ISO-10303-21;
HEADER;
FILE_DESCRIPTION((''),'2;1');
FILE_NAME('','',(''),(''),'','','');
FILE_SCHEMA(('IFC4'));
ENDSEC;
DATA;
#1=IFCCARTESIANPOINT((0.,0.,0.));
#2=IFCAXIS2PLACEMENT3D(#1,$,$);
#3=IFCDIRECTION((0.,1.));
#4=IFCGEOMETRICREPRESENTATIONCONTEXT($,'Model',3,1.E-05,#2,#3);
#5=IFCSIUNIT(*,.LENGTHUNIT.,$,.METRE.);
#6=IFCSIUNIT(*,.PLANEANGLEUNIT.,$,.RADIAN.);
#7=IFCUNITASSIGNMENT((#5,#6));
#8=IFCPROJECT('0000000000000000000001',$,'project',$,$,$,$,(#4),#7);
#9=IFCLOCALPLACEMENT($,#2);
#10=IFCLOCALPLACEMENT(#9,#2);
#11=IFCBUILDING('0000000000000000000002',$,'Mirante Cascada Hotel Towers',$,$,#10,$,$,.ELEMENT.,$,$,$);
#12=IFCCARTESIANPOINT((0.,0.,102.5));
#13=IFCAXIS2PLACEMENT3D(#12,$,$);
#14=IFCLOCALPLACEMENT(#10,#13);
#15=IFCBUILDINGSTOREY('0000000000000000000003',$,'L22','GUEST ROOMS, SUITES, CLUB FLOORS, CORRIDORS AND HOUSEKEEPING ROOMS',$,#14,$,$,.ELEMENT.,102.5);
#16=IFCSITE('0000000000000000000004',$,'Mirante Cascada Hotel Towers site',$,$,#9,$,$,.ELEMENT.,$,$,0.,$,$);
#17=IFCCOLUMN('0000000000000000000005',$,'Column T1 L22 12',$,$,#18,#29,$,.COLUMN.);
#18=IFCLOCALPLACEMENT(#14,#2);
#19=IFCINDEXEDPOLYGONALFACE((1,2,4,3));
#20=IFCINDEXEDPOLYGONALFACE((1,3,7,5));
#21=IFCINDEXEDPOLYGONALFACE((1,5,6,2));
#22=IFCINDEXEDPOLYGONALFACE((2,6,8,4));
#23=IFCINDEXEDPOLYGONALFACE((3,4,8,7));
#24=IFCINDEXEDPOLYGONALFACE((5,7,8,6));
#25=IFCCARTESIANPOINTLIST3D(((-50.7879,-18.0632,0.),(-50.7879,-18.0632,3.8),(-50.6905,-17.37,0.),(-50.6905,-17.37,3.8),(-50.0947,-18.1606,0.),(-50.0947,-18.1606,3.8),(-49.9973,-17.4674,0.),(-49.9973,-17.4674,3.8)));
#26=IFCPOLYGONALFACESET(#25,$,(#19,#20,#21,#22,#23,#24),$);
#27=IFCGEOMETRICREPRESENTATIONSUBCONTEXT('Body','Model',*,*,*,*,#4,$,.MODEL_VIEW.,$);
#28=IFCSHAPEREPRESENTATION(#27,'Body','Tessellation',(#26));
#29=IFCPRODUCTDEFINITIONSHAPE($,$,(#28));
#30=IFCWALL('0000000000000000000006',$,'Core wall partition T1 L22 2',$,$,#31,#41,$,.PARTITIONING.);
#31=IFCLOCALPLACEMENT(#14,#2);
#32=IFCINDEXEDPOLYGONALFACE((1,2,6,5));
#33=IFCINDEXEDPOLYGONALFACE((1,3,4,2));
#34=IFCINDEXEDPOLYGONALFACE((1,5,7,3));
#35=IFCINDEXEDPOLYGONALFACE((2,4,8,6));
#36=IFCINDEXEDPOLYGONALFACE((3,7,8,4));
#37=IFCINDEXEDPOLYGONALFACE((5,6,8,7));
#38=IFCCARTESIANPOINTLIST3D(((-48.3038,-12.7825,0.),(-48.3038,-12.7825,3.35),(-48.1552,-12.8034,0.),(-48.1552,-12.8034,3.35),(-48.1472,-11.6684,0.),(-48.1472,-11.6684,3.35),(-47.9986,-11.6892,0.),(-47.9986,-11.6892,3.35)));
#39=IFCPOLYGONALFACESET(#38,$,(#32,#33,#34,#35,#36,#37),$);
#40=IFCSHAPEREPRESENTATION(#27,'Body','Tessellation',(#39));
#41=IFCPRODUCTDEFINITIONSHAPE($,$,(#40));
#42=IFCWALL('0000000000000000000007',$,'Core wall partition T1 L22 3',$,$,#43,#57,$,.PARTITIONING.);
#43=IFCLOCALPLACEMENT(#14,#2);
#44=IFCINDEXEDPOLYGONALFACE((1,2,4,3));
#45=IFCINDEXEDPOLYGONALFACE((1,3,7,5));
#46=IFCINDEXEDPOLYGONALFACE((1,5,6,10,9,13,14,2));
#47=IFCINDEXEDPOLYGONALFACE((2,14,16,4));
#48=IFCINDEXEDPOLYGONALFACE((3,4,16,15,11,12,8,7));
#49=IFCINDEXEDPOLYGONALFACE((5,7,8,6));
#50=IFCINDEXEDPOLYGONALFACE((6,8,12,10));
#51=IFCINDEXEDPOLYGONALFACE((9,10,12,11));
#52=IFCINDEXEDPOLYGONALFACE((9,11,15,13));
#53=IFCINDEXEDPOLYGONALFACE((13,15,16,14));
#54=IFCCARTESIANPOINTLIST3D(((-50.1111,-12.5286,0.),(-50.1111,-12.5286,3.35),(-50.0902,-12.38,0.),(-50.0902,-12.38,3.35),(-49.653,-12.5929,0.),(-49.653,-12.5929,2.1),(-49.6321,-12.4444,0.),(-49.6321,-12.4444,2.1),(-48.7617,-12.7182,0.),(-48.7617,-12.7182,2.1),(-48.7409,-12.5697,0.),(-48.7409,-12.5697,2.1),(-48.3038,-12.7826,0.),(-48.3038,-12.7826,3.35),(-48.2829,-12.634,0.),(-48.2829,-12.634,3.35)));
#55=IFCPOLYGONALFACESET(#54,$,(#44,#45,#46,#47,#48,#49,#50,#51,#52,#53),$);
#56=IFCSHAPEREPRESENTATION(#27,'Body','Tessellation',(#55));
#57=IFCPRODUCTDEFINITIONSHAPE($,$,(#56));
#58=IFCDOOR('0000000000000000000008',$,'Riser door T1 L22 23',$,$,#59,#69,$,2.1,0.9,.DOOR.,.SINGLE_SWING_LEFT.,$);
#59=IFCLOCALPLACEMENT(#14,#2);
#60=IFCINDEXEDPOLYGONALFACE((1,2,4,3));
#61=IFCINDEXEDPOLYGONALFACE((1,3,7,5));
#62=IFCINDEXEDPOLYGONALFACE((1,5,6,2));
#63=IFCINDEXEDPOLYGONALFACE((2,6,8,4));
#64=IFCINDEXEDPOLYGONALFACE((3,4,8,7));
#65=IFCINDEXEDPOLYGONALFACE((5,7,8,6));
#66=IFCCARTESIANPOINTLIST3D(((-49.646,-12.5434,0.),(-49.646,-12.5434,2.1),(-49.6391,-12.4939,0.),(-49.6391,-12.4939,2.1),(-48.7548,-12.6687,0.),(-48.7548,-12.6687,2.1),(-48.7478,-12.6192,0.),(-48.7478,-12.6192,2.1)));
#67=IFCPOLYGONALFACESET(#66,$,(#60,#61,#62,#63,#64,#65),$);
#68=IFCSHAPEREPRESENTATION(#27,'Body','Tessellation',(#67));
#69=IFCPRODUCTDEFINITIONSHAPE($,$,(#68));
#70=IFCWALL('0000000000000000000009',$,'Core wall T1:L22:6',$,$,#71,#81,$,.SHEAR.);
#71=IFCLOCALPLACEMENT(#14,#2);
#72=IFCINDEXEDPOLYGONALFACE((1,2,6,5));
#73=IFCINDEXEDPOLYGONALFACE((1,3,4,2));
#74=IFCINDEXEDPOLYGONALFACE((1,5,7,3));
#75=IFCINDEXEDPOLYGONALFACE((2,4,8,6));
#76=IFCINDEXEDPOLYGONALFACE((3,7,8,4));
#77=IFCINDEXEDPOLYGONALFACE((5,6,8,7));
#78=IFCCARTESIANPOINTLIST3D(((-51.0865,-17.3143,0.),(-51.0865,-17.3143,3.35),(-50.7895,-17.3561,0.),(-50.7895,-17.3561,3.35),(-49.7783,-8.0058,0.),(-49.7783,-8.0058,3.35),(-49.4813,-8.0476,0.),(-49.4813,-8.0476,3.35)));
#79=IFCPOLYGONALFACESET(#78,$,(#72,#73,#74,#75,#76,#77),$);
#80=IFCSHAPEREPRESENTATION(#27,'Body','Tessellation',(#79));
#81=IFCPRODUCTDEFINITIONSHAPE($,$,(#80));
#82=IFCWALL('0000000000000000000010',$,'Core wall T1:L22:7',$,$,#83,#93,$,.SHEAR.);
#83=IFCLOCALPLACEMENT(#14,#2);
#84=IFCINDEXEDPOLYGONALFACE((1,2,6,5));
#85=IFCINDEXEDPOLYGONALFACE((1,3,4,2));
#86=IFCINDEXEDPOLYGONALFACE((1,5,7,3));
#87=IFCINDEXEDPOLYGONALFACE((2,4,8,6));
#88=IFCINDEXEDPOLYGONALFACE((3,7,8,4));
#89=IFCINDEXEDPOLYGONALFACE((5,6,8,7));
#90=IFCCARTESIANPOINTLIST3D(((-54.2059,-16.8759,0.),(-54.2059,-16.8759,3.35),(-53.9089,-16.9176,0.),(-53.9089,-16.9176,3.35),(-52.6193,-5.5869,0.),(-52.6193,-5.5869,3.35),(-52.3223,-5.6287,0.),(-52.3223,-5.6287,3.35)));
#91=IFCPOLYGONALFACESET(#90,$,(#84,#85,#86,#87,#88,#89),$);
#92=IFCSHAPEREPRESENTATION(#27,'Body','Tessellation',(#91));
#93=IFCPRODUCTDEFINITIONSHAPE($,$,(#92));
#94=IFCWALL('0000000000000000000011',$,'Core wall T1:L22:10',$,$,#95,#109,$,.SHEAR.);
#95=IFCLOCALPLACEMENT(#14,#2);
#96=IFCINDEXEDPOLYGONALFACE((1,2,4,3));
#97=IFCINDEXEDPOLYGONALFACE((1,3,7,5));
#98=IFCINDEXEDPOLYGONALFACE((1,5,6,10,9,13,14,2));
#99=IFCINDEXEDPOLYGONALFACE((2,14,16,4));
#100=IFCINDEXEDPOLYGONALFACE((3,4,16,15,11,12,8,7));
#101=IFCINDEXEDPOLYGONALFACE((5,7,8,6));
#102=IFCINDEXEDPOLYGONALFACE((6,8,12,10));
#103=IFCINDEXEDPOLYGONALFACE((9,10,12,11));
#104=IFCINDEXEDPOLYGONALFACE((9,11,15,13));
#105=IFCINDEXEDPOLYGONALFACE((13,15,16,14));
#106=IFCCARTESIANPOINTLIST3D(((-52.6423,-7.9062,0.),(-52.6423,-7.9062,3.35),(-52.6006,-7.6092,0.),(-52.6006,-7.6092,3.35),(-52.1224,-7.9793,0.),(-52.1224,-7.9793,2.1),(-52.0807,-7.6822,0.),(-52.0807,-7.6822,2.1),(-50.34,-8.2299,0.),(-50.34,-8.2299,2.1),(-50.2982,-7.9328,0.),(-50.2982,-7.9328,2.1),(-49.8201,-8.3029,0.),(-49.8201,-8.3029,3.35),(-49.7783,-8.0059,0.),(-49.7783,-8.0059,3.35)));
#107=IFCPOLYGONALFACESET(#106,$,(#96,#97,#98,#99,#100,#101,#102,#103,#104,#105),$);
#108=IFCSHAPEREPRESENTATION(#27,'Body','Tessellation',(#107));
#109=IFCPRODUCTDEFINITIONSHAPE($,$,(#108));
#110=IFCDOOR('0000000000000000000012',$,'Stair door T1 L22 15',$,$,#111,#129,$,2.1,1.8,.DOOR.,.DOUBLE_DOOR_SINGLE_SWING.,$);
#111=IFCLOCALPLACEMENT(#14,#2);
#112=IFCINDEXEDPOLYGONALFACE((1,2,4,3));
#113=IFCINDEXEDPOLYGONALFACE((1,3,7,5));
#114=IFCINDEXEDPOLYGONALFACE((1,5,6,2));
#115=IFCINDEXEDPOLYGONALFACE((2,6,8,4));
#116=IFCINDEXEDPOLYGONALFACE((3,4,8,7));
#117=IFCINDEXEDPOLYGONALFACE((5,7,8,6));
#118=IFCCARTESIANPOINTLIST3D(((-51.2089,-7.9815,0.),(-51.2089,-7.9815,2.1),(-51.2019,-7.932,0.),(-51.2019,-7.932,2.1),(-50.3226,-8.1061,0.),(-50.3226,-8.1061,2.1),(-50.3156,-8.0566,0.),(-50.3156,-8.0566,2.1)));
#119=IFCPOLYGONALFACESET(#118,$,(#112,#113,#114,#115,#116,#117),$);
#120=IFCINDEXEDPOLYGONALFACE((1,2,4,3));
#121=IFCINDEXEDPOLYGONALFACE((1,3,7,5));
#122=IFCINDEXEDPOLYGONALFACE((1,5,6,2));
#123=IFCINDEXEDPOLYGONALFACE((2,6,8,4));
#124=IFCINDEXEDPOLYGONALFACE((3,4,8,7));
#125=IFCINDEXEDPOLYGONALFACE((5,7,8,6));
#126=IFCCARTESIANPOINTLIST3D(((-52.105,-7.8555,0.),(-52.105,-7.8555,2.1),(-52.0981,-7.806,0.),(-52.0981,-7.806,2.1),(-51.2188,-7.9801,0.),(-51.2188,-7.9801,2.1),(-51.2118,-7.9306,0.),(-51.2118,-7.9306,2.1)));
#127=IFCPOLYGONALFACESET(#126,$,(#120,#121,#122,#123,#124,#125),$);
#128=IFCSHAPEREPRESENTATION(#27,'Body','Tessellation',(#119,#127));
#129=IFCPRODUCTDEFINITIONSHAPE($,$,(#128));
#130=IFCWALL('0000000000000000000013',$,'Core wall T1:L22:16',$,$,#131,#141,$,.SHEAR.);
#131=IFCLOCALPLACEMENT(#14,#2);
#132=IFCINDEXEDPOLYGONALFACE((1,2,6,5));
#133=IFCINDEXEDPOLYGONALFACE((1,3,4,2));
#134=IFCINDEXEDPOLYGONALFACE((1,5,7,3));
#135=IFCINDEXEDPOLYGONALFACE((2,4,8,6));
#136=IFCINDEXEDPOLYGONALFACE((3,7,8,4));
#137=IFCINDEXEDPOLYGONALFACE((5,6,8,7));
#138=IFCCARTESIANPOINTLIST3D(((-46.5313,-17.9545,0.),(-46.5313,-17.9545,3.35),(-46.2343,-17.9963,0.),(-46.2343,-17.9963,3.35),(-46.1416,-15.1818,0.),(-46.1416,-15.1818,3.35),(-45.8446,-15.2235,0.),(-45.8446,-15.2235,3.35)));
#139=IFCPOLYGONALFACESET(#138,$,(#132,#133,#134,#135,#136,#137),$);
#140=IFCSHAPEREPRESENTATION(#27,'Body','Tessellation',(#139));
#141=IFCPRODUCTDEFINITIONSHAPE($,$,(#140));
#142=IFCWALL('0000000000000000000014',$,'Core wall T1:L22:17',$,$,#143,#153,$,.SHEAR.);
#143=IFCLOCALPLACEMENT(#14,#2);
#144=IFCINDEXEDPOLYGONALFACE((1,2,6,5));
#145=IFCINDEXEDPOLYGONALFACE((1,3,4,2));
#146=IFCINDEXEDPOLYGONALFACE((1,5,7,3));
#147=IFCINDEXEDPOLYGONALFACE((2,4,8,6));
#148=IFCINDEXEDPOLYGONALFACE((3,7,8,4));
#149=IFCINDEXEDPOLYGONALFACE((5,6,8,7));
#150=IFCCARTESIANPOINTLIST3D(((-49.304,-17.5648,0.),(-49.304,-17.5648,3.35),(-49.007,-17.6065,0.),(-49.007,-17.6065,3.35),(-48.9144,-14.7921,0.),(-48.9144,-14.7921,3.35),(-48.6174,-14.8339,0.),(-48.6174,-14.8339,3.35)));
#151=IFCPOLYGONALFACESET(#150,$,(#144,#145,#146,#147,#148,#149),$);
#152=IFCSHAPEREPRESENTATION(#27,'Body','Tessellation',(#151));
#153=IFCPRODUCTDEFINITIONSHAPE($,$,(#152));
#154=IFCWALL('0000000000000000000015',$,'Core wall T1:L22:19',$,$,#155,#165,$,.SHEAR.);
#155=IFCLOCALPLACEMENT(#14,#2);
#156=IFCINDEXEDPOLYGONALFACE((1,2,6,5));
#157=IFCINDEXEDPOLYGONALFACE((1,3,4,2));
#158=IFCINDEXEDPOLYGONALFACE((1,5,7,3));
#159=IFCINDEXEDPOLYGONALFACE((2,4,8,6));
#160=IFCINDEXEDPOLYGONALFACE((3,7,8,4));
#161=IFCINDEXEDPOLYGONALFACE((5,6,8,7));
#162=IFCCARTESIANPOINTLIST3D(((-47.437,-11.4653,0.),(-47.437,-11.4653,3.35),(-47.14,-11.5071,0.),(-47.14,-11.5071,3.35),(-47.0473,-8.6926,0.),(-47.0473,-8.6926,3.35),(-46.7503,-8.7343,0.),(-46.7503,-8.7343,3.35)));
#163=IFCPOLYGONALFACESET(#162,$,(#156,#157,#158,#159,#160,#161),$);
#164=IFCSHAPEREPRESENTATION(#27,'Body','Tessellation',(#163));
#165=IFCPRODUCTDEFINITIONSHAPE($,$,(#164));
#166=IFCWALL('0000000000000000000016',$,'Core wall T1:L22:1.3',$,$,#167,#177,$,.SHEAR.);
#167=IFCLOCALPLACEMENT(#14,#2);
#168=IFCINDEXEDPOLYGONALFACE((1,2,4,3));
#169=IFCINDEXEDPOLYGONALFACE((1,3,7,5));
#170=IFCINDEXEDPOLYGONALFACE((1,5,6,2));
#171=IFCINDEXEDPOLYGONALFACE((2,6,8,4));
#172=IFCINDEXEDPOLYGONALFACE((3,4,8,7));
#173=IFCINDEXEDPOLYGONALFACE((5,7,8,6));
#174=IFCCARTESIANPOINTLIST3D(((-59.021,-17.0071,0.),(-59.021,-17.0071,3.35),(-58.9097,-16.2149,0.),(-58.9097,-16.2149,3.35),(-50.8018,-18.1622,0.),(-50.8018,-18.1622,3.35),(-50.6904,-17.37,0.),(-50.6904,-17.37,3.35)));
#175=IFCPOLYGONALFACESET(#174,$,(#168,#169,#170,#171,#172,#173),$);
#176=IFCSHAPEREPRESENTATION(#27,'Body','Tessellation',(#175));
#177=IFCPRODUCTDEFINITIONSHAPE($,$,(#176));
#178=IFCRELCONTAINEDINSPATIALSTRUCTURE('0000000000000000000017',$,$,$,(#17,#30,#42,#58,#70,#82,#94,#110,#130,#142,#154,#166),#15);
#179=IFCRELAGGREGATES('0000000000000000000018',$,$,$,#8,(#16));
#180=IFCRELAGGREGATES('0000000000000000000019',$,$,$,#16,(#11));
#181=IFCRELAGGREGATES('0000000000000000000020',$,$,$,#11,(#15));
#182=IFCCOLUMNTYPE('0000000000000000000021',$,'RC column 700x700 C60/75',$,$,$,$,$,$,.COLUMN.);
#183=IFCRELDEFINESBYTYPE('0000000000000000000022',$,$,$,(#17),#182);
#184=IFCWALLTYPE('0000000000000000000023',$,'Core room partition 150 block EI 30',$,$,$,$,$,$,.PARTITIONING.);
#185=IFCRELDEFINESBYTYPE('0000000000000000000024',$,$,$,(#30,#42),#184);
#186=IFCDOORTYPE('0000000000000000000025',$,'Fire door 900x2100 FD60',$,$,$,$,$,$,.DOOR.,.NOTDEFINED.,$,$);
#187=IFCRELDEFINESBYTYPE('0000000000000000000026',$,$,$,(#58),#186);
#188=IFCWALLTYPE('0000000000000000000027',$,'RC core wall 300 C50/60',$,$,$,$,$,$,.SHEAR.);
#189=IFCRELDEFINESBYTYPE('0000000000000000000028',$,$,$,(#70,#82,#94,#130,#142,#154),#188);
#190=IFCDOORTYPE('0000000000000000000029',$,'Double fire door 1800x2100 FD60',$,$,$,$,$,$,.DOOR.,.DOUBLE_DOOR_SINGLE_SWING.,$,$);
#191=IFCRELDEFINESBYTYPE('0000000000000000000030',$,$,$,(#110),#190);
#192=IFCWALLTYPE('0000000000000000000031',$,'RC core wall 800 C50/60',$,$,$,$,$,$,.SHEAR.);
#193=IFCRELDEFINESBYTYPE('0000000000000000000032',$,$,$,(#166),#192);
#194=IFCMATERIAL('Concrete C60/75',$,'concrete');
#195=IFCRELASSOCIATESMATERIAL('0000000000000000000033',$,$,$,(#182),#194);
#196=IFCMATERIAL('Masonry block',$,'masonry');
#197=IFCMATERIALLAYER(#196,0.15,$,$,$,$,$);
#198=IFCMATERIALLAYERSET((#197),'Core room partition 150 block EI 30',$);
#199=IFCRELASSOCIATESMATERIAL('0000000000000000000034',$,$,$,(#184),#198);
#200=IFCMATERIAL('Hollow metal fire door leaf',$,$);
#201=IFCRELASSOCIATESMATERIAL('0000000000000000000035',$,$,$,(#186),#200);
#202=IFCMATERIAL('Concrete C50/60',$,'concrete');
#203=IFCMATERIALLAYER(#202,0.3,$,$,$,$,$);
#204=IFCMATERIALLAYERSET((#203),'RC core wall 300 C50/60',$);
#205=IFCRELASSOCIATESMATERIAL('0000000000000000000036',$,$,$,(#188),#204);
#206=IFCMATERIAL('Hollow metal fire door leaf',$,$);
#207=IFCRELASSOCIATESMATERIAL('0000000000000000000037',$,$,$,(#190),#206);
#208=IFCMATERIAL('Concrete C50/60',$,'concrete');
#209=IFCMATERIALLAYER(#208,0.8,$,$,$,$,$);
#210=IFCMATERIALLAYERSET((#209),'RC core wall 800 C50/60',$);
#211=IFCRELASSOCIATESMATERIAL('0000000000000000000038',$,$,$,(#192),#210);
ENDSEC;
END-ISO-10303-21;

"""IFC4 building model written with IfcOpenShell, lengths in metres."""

from ifc_helpers import new_model, si_unit, direction, frame, frame_2d, origin, origin_2d, place, context, subcontext, project, spatial, rectangle, extrude, material, layer, layer_set, material_profile, profile_set, type_object, element, fill, save


model = new_model("IFC4")

# Units and contexts
model_context = context("Model", 3, precision=1e-05, world=origin(), true_north=direction((0.0, 1.0)))
body_context = subcontext(model_context, "Body", "Model", "MODEL_VIEW")
ifc_project = project(units=[si_unit("LENGTHUNIT", "METRE"), si_unit("PLANEANGLEUNIT", "RADIAN")], contexts=[model_context])

# Site, building, storey
site_placement = place(None, origin())
site = spatial("IfcSite", under=ifc_project, at=site_placement, Name="Mirante Cascada Hotel Towers site", CompositionType="ELEMENT", RefElevation=0.0)
building_placement = place(site_placement, origin())
building = spatial("IfcBuilding", under=site, at=building_placement, Name="Mirante Cascada Hotel Towers", CompositionType="ELEMENT")
storey_placement = place(building_placement, frame((0.0, 0.0, 102.5)))
storey = spatial("IfcBuildingStorey", under=building, at=storey_placement, Name="L22", Description="GUEST ROOMS, SUITES, CLUB FLOORS, CORRIDORS AND HOUSEKEEPING ROOMS", CompositionType="ELEMENT", Elevation=102.5)

# Column
ifc_material_1 = material(Name="Concrete C60/75", Category="concrete")
ifc_material_profile = material_profile(ifc_material_1, rectangle(XDim=0.7, YDim=0.7, at=origin_2d()), Name="RC column 700x700 C60/75")
ifc_profile_set = profile_set([ifc_material_profile], Name="Concrete C60/75")
column_type = type_object("IfcColumnType", Name="RC column 700x700 C60/75", PredefinedType="COLUMN", material=ifc_profile_set)
column_placement = place(storey_placement, frame((-50.3926, -17.7653, 0.0), z_axis=(0.0, 0.0, 1.0), x_axis=(-0.990268, 0.139173, 0.0)))
element("IfcColumn", 1, at=column_placement, inside=storey, type_object=column_type, Name="Column T1 L22 12", PredefinedType="COLUMN", context=body_context, shape_type="SweptSolid", body=[
    extrude(rectangle(XDim=0.7, YDim=0.7, at=origin_2d()), origin(), (0.0, 0.0, 1.0), 3.8),
])

# Wall
ifc_material_2 = material(Name="Masonry block", Category="masonry")
ifc_layer_1 = layer(ifc_material_2, 0.15)
ifc_layer_set_1 = layer_set([ifc_layer_1], Name="Core room partition 150 block EI 30")
wall_type_1 = type_object("IfcWallType", Name="Core room partition 150 block EI 30", PredefinedType="PARTITIONING", material=ifc_layer_set_1)
wall_1_placement = place(storey_placement, frame((-48.2295, -12.793, 0.0), z_axis=(0.0, 0.0, 1.0), x_axis=(0.139193, 0.990265, 0.0)))
element("IfcWall", 2, at=wall_1_placement, inside=storey, type_object=wall_type_1, Name="Core wall partition T1 L22 2", PredefinedType="PARTITIONING", context=body_context, shape_type="SweptSolid", body=[
    extrude(rectangle(XDim=1.1251, YDim=0.15, at=frame_2d((0.5626, 0.0))), origin(), (0.0, 0.0, 1.0), 3.35),
])

# Wall, opening, door
wall_2_placement = place(storey_placement, frame((-48.2933, -12.7083, 0.0), z_axis=(0.0, 0.0, 1.0), x_axis=(-0.990268, 0.139173, 0.0)))
wall_2 = element("IfcWall", 3, at=wall_2_placement, inside=storey, type_object=wall_type_1, Name="Core wall partition T1 L22 3", PredefinedType="PARTITIONING", context=body_context, shape_type="SweptSolid", body=[
    extrude(rectangle(XDim=1.8251, YDim=0.15, at=frame_2d((0.9126, 0.0))), origin(), (0.0, 0.0, 1.0), 3.35),
])
opening_1_placement = place(wall_2_placement, frame((0.4625, 0.0, 0.0)))
opening_1 = element("IfcOpeningElement", 4, at=opening_1_placement, cuts=wall_2, PredefinedType="OPENING", context=body_context, shape_type="SweptSolid", body=[
    extrude(rectangle(XDim=0.9, YDim=2.1, at=frame_2d((0.45, 1.05))), frame((0.0, 0.075, 0.0), z_axis=(0.0, -1.0, 0.0), x_axis=(1.0, 0.0, 0.0)), (0.0, 0.0, 1.0), 0.15),
])
ifc_material_3 = material(Name="Hollow metal fire door leaf")
door_type_1 = type_object("IfcDoorType", Name="Fire door 900x2100 FD60", OperationType="NOTDEFINED", PredefinedType="DOOR", material=ifc_material_3)
door_1_placement = place(opening_1_placement, origin())
door_1 = element("IfcDoor", 5, at=door_1_placement, inside=storey, type_object=door_type_1, Name="Riser door T1 L22 23", OperationType="SINGLE_SWING_LEFT", OverallHeight=2.1, OverallWidth=0.9, PredefinedType="DOOR", context=body_context, shape_type="SweptSolid", body=[
    extrude(rectangle(XDim=0.9, YDim=2.1, at=frame_2d((0.45, 1.05))), frame((0.0, 0.025, 0.0), z_axis=(0.0, -1.0, 0.0), x_axis=(1.0, 0.0, 0.0)), (0.0, 0.0, 1.0), 0.05),
])
fill(opening_1, door_1)

# Walls
ifc_material_4 = material(Name="Concrete C50/60", Category="concrete")
ifc_layer_2 = layer(ifc_material_4, 0.3)
ifc_layer_set_2 = layer_set([ifc_layer_2], Name="RC core wall 300 C50/60")
wall_type_2 = type_object("IfcWallType", Name="RC core wall 300 C50/60", PredefinedType="SHEAR", material=ifc_layer_set_2)
wall_3_placement = place(storey_placement, frame((-50.938, -17.3352, 0.0), z_axis=(0.0, 0.0, 1.0), x_axis=(0.139171, 0.990268, 0.0)))
element("IfcWall", 6, at=wall_3_placement, inside=storey, type_object=wall_type_2, Name="Core wall T1:L22:6", PredefinedType="SHEAR", context=body_context, shape_type="SweptSolid", body=[
    extrude(rectangle(XDim=9.4, YDim=0.3, at=frame_2d((4.7, 0.0))), origin(), (0.0, 0.0, 1.0), 3.35),
])
wall_4_placement = place(storey_placement, frame((-54.0574, -16.8968, 0.0), z_axis=(0.0, 0.0, 1.0), x_axis=(0.139176, 0.990268, 0.0)))
element("IfcWall", 7, at=wall_4_placement, inside=storey, type_object=wall_type_2, Name="Core wall T1:L22:7", PredefinedType="SHEAR", context=body_context, shape_type="SweptSolid", body=[
    extrude(rectangle(XDim=11.3999, YDim=0.3, at=frame_2d((5.7, 0.0))), origin(), (0.0, 0.0, 1.0), 3.35),
])

# Wall, opening, door
wall_5_placement = place(storey_placement, frame((-49.7992, -8.1544, 0.0), z_axis=(0.0, 0.0, 1.0), x_axis=(-0.990266, 0.139191, 0.0)))
wall_5 = element("IfcWall", 8, at=wall_5_placement, inside=storey, type_object=wall_type_2, Name="Core wall T1:L22:10", PredefinedType="SHEAR", context=body_context, shape_type="SweptSolid", body=[
    extrude(rectangle(XDim=2.85, YDim=0.3, at=frame_2d((1.425, 0.0))), origin(), (0.0, 0.0, 1.0), 3.35),
])
opening_2_placement = place(wall_5_placement, frame((0.525, 0.0, 0.0)))
opening_2 = element("IfcOpeningElement", 9, at=opening_2_placement, cuts=wall_5, PredefinedType="OPENING", context=body_context, shape_type="SweptSolid", body=[
    extrude(rectangle(XDim=1.8, YDim=2.1, at=frame_2d((0.9, 1.05))), frame((0.0, 0.15, 0.0), z_axis=(0.0, -1.0, 0.0), x_axis=(1.0, 0.0, 0.0)), (0.0, 0.0, 1.0), 0.3),
])
ifc_material_5 = material(Name="Hollow metal fire door leaf")
door_type_2 = type_object("IfcDoorType", Name="Double fire door 1800x2100 FD60", OperationType="DOUBLE_DOOR_SINGLE_SWING", PredefinedType="DOOR", material=ifc_material_5)
door_2_placement = place(opening_2_placement, origin())
door_2 = element("IfcDoor", 10, at=door_2_placement, inside=storey, type_object=door_type_2, Name="Stair door T1 L22 15", OperationType="DOUBLE_DOOR_SINGLE_SWING", OverallHeight=2.1, OverallWidth=1.8, PredefinedType="DOOR", context=body_context, shape_type="SweptSolid", body=[
    extrude(rectangle(XDim=0.895, YDim=2.1, at=frame_2d((0.4475, 1.05))), frame((0.0, 0.025, 0.0), z_axis=(0.0, -1.0, 0.0), x_axis=(1.0, 0.0, 0.0)), (0.0, 0.0, 1.0), 0.05),
    extrude(rectangle(XDim=0.895, YDim=2.1, at=frame_2d((1.3525, 1.05))), frame((0.0, 0.025, 0.0), z_axis=(0.0, -1.0, 0.0), x_axis=(1.0, 0.0, 0.0)), (0.0, 0.0, 1.0), 0.05),
])
fill(opening_2, door_2)

# Walls
wall_6_placement = place(storey_placement, frame((-46.3828, -17.9754, 0.0), z_axis=(0.0, 0.0, 1.0), x_axis=(0.139181, 0.990267, 0.0)))
element("IfcWall", 11, at=wall_6_placement, inside=storey, type_object=wall_type_2, Name="Core wall T1:L22:16", PredefinedType="SHEAR", context=body_context, shape_type="SweptSolid", body=[
    extrude(rectangle(XDim=2.8, YDim=0.3, at=frame_2d((1.4, 0.0))), origin(), (0.0, 0.0, 1.0), 3.35),
])
wall_7_placement = place(storey_placement, frame((-49.1555, -17.5857, 0.0), z_axis=(0.0, 0.0, 1.0), x_axis=(0.139146, 0.990272, 0.0)))
element("IfcWall", 12, at=wall_7_placement, inside=storey, type_object=wall_type_2, Name="Core wall T1:L22:17", PredefinedType="SHEAR", context=body_context, shape_type="SweptSolid", body=[
    extrude(rectangle(XDim=2.7999, YDim=0.3, at=frame_2d((1.4, 0.0))), origin(), (0.0, 0.0, 1.0), 3.35),
])
wall_8_placement = place(storey_placement, frame((-47.2885, -11.4862, 0.0), z_axis=(0.0, 0.0, 1.0), x_axis=(0.139181, 0.990267, 0.0)))
element("IfcWall", 13, at=wall_8_placement, inside=storey, type_object=wall_type_2, Name="Core wall T1:L22:19", PredefinedType="SHEAR", context=body_context, shape_type="SweptSolid", body=[
    extrude(rectangle(XDim=2.8, YDim=0.3, at=frame_2d((1.4, 0.0))), origin(), (0.0, 0.0, 1.0), 3.35),
])

# Wall
ifc_material_6 = material(Name="Concrete C50/60", Category="concrete")
ifc_layer_3 = layer(ifc_material_6, 0.8)
ifc_layer_set_3 = layer_set([ifc_layer_3], Name="RC core wall 800 C50/60")
wall_type_3 = type_object("IfcWallType", Name="RC core wall 800 C50/60", PredefinedType="SHEAR", material=ifc_layer_set_3)
wall_9_placement = place(storey_placement, frame((-50.7461, -17.7661, 0.0), z_axis=(0.0, 0.0, 1.0), x_axis=(-0.990269, 0.139169, 0.0)))
element("IfcWall", 14, at=wall_9_placement, inside=storey, type_object=wall_type_3, Name="Core wall T1:L22:1.3", PredefinedType="SHEAR", context=body_context, shape_type="SweptSolid", body=[
    extrude(rectangle(XDim=8.3, YDim=0.8, at=frame_2d((4.15, 0.0))), origin(), (0.0, 0.0, 1.0), 3.35),
])

save(model, "model.ifc")
